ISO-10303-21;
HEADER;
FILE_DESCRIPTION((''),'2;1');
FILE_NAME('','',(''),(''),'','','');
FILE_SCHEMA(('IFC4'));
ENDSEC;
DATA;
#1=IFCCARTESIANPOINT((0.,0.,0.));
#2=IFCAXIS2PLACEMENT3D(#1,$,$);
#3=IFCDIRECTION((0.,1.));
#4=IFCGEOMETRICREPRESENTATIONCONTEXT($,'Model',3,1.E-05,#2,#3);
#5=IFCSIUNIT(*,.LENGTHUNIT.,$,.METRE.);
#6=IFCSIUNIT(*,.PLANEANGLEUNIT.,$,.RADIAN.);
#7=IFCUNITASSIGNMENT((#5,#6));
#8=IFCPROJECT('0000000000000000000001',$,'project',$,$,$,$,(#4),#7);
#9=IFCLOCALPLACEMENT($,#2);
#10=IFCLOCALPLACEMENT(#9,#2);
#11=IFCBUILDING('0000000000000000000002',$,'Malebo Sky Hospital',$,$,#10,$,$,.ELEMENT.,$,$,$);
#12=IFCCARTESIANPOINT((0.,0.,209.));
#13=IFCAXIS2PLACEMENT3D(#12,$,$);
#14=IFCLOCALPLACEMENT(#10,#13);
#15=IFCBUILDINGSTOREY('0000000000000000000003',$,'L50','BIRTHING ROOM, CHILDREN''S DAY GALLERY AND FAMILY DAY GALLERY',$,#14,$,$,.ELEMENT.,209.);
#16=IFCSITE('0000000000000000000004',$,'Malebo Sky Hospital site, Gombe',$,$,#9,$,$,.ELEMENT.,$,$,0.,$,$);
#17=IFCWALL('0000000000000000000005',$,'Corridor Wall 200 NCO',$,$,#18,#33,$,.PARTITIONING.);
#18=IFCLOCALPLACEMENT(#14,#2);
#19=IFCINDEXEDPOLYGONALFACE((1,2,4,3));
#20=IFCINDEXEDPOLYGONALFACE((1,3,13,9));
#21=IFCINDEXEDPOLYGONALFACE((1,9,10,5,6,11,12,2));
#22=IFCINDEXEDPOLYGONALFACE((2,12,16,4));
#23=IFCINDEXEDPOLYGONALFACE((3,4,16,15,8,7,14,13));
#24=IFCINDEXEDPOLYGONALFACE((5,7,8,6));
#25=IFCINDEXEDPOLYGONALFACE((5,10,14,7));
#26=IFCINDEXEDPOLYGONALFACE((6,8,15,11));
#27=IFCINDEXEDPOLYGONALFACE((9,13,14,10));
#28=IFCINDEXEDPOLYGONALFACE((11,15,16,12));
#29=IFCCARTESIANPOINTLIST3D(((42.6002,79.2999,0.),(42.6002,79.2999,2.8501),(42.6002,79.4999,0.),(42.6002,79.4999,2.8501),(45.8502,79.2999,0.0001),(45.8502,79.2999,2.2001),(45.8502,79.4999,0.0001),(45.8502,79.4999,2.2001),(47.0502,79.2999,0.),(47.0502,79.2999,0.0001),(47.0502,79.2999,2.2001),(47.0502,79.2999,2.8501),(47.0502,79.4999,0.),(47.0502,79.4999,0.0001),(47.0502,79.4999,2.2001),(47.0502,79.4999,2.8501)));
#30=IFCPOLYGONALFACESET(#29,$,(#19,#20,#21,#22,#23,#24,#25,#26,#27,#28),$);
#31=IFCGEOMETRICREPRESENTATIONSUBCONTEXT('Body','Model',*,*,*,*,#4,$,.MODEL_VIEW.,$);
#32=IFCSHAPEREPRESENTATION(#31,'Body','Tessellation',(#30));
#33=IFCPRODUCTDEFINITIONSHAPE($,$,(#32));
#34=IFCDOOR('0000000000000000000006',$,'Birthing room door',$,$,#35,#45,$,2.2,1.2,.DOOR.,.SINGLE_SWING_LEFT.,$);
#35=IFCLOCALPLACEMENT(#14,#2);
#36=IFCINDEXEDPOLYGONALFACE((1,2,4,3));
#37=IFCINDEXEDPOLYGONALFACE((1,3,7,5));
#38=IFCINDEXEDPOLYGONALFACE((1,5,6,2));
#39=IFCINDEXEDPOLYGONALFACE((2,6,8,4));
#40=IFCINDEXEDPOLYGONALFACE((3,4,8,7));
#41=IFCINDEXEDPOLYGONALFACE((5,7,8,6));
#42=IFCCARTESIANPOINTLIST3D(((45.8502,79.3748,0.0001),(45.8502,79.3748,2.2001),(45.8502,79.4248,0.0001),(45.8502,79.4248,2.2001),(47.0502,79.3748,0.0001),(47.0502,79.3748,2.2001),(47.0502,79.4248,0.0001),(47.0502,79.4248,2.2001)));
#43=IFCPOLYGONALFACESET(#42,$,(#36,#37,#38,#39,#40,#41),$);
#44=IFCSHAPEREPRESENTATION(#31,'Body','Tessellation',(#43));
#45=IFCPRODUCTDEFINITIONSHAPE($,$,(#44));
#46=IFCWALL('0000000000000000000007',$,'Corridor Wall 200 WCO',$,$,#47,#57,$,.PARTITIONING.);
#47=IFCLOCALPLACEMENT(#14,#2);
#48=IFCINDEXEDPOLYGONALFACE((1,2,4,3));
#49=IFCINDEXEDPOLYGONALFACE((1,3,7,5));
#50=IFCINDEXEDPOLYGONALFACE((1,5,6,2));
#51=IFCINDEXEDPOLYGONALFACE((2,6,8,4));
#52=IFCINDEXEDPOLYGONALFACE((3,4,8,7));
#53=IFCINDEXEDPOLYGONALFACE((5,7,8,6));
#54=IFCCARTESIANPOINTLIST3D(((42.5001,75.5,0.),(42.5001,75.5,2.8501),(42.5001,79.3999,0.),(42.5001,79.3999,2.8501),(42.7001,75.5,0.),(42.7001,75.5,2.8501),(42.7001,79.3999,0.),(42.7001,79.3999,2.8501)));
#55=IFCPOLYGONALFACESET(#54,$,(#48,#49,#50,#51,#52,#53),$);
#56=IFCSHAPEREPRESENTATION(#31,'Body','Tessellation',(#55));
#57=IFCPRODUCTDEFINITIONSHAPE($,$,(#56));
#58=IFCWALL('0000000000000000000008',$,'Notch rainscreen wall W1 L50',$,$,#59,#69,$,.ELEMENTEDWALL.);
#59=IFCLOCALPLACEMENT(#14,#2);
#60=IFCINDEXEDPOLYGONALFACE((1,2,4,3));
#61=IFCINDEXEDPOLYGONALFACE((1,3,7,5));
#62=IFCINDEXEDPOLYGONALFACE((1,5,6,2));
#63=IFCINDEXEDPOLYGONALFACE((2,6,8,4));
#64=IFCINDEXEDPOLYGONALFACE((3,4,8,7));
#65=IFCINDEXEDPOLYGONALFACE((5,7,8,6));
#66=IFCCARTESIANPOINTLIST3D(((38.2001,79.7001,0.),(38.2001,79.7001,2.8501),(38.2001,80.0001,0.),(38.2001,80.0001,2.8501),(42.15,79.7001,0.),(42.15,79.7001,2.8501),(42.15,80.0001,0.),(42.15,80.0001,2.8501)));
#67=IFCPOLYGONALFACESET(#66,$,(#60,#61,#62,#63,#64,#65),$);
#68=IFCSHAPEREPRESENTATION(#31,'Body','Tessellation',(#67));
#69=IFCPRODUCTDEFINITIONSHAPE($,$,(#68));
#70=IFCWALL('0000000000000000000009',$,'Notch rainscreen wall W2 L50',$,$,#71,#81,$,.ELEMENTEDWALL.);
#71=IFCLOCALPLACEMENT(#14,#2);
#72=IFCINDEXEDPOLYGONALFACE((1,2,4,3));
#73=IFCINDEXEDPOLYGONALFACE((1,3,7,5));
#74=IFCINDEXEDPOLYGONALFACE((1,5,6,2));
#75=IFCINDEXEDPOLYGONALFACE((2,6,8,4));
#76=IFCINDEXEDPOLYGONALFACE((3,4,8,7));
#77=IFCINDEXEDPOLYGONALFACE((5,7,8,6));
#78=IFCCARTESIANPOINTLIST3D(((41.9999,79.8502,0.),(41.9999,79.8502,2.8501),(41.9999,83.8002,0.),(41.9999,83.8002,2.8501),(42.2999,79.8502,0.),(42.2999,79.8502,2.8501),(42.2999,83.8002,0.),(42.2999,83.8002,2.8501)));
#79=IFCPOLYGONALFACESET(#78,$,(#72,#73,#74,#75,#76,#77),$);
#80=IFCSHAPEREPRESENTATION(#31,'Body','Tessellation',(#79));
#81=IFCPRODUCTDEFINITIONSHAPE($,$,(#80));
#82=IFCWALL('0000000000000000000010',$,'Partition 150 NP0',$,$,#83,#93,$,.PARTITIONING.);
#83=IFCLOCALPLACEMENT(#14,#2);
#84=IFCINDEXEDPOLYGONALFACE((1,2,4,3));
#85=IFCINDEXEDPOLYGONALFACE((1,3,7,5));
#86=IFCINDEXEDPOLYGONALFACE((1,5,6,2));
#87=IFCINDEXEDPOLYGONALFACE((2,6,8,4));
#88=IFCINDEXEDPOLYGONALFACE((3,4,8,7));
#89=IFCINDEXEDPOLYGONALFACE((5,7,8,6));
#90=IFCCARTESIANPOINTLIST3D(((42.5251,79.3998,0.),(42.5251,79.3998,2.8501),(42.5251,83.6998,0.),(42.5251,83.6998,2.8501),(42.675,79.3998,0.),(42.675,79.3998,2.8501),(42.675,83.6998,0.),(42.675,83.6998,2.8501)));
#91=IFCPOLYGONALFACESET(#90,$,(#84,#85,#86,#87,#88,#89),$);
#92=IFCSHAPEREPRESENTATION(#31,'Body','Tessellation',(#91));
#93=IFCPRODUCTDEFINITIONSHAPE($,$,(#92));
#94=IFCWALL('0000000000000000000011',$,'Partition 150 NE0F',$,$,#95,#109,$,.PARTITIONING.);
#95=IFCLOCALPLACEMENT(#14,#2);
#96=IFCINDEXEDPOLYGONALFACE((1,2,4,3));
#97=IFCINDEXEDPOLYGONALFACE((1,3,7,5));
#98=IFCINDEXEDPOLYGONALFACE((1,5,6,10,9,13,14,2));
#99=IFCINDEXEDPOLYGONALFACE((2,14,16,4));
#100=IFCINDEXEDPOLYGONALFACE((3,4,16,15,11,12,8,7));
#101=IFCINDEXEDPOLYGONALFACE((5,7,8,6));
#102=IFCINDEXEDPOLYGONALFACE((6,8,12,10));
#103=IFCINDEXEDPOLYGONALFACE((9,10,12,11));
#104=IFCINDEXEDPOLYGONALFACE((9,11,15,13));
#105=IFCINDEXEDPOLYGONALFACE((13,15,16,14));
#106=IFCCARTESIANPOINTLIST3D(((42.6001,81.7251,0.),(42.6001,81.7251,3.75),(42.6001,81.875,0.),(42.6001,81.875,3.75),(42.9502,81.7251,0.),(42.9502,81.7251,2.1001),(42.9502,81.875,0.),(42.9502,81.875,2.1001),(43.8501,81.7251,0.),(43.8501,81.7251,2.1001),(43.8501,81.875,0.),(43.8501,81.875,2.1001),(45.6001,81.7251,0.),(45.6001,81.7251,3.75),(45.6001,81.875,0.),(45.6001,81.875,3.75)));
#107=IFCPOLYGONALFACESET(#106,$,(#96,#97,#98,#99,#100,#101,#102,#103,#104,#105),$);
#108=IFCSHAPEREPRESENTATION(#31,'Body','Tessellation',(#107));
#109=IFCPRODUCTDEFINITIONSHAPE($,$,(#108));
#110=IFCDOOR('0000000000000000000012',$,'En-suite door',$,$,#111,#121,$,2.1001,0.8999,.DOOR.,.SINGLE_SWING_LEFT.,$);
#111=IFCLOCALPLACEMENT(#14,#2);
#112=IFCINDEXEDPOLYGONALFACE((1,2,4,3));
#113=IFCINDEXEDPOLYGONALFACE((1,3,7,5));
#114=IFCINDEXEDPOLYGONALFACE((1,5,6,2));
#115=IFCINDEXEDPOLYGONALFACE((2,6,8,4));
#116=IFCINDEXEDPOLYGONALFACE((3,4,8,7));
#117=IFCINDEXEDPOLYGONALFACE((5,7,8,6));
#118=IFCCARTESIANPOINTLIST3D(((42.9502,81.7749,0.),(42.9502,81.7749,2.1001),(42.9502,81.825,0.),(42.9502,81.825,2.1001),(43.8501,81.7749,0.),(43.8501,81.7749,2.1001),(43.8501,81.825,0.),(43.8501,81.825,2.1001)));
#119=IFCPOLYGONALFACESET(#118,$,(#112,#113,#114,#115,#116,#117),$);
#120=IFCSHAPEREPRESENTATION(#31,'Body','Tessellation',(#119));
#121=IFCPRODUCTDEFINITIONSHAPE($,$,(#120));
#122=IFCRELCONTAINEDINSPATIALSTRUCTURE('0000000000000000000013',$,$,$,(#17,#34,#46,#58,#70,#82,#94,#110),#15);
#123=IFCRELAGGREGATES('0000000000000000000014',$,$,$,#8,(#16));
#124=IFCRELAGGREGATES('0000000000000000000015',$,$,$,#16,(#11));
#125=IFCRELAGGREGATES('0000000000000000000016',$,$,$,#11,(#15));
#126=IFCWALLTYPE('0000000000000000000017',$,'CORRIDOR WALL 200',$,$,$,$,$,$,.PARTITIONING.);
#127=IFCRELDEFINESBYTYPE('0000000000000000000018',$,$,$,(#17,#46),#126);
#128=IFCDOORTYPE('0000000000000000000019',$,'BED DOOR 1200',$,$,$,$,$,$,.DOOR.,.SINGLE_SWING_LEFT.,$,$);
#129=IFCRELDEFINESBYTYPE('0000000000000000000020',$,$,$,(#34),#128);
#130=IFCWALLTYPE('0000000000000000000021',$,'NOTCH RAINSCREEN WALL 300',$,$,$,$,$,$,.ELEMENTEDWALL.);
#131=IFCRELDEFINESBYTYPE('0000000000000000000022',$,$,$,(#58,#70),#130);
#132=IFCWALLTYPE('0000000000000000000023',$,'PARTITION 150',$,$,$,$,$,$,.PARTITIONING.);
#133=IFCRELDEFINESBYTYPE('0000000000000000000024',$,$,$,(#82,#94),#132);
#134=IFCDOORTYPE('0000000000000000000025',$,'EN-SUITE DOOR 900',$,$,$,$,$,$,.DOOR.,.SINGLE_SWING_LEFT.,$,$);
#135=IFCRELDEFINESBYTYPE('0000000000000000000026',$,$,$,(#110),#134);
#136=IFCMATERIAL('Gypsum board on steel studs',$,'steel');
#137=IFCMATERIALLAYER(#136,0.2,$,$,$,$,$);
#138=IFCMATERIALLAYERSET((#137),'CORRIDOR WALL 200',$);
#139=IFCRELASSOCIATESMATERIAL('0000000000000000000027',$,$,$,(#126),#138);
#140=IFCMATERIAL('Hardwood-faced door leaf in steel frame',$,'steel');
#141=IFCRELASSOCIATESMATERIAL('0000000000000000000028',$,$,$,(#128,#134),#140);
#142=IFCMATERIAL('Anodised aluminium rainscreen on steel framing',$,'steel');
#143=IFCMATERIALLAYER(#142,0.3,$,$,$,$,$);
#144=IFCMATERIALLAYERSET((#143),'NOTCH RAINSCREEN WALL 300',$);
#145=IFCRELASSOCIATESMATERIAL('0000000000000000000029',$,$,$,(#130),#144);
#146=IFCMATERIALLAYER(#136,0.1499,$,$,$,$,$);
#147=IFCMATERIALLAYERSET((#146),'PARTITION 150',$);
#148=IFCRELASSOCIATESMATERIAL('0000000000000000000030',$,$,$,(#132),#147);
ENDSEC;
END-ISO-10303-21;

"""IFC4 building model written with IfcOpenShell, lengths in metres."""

from ifc_helpers import new_model, si_unit, direction, frame, frame_2d, origin, place, context, subcontext, project, spatial, rectangle, extrude, material, layer, layer_set, type_object, element, fill, save


model = new_model("IFC4")

# Units and contexts
model_context = context("Model", 3, precision=1e-05, world=origin(), true_north=direction((0.0, 1.0)))
body_context = subcontext(model_context, "Body", "Model", "MODEL_VIEW")
ifc_project = project(units=[si_unit("LENGTHUNIT", "METRE"), si_unit("PLANEANGLEUNIT", "RADIAN")], contexts=[model_context])

# Site, building, storey
site_placement = place(None, origin())
site = spatial("IfcSite", under=ifc_project, at=site_placement, Name="Malebo Sky Hospital site, Gombe", CompositionType="ELEMENT", RefElevation=0.0)
building_placement = place(site_placement, origin())
building = spatial("IfcBuilding", under=site, at=building_placement, Name="Malebo Sky Hospital", CompositionType="ELEMENT")
storey_placement = place(building_placement, frame((0.0, 0.0, 209.0)))
storey = spatial("IfcBuildingStorey", under=building, at=storey_placement, Name="L50", Description="BIRTHING ROOM, CHILDREN'S DAY GALLERY AND FAMILY DAY GALLERY", CompositionType="ELEMENT", Elevation=209.0)

# Wall, opening, door
ifc_material_1 = material(Name="Gypsum board on steel studs", Category="steel")
ifc_layer_1 = layer(ifc_material_1, 0.2)
ifc_layer_set_1 = layer_set([ifc_layer_1], Name="CORRIDOR WALL 200")
wall_type_1 = type_object("IfcWallType", Name="CORRIDOR WALL 200", PredefinedType="PARTITIONING", material=ifc_layer_set_1)
wall_1_placement = place(storey_placement, frame((42.6001, 79.3999, 0.0), z_axis=(0.0, 0.0, 1.0), x_axis=(1.0, 0.0, 0.0)))
wall_1 = element("IfcWall", 1, at=wall_1_placement, inside=storey, type_object=wall_type_1, Name="Corridor Wall 200 NCO", PredefinedType="PARTITIONING", context=body_context, shape_type="SweptSolid", body=[
    extrude(rectangle(XDim=4.45, YDim=0.2, at=frame_2d((2.2251, 0.0))), origin(), (0.0, 0.0, 1.0), 2.8501),
])
opening_1_placement = place(wall_1_placement, frame((3.25, 0.0, 0.0)))
opening_1 = element("IfcOpeningElement", 2, at=opening_1_placement, cuts=wall_1, PredefinedType="OPENING", context=body_context, shape_type="SweptSolid", body=[
    extrude(rectangle(XDim=1.2, YDim=2.2, at=frame_2d((0.6001, 1.1001))), frame((0.0, 0.1099, 0.0), z_axis=(0.0, -1.0, 0.0), x_axis=(1.0, 0.0, 0.0)), (0.0, 0.0, 1.0), 0.22),
])
ifc_material_2 = material(Name="Hardwood-faced door leaf in steel frame", Category="steel")
door_type_1 = type_object("IfcDoorType", Name="BED DOOR 1200", OperationType="SINGLE_SWING_LEFT", PredefinedType="DOOR", material=ifc_material_2)
door_1_placement = place(opening_1_placement, origin())
door_1 = element("IfcDoor", 3, at=door_1_placement, inside=storey, type_object=door_type_1, Name="Birthing room door", OperationType="SINGLE_SWING_LEFT", OverallHeight=2.2, OverallWidth=1.2, PredefinedType="DOOR", context=body_context, shape_type="SweptSolid", body=[
    extrude(rectangle(XDim=1.2, YDim=2.2, at=frame_2d((0.6001, 1.1001))), frame((0.0, 0.0249, 0.0), z_axis=(0.0, -1.0, 0.0), x_axis=(1.0, 0.0, 0.0)), (0.0, 0.0, 1.0), 0.05),
])
fill(opening_1, door_1)

# Walls
wall_2_placement = place(storey_placement, frame((42.6001, 75.5, 0.0), z_axis=(0.0, 0.0, 1.0), x_axis=(0.0, 1.0, 0.0)))
element("IfcWall", 4, at=wall_2_placement, inside=storey, type_object=wall_type_1, Name="Corridor Wall 200 WCO", PredefinedType="PARTITIONING", context=body_context, shape_type="SweptSolid", body=[
    extrude(rectangle(XDim=3.8999, YDim=0.2, at=frame_2d((1.95, 0.0))), origin(), (0.0, 0.0, 1.0), 2.8501),
])
ifc_material_3 = material(Name="Anodised aluminium rainscreen on steel framing", Category="steel")
ifc_layer_2 = layer(ifc_material_3, 0.3)
ifc_layer_set_2 = layer_set([ifc_layer_2], Name="NOTCH RAINSCREEN WALL 300")
wall_type_2 = type_object("IfcWallType", Name="NOTCH RAINSCREEN WALL 300", PredefinedType="ELEMENTEDWALL", material=ifc_layer_set_2)
for number, where, z_axis, x_axis, name in (
    (5, (38.2, 79.8501, 0.0), (0.0, 0.0, 1.0), (1.0, 0.0, 0.0), "Notch rainscreen wall W1 L50"),
    (6, (42.1499, 79.8501, 0.0), (0.0, 0.0, 1.0), (0.0, 1.0, 0.0), "Notch rainscreen wall W2 L50"),
):
    element("IfcWall", number, at=place(storey_placement, frame(where, z_axis=z_axis, x_axis=x_axis)), inside=storey, type_object=wall_type_2, Name=name, PredefinedType="ELEMENTEDWALL", context=body_context, shape_type="SweptSolid", body=[
        extrude(rectangle(XDim=3.95, YDim=0.3, at=frame_2d((1.9751, 0.0))), origin(), (0.0, 0.0, 1.0), 2.8501),
    ])
ifc_layer_3 = layer(ifc_material_1, 0.1499)
ifc_layer_set_3 = layer_set([ifc_layer_3], Name="PARTITION 150")
wall_type_3 = type_object("IfcWallType", Name="PARTITION 150", PredefinedType="PARTITIONING", material=ifc_layer_set_3)
wall_3_placement = place(storey_placement, frame((42.6001, 79.3999, 0.0), z_axis=(0.0, 0.0, 1.0), x_axis=(0.0, 1.0, 0.0)))
element("IfcWall", 7, at=wall_3_placement, inside=storey, type_object=wall_type_3, Name="Partition 150 NP0", PredefinedType="PARTITIONING", context=body_context, shape_type="SweptSolid", body=[
    extrude(rectangle(XDim=4.3, YDim=0.1499, at=frame_2d((2.1499, 0.0))), origin(), (0.0, 0.0, 1.0), 2.8501),
])

# Wall, opening, door
wall_4_placement = place(storey_placement, frame((42.6001, 81.8, 0.0), z_axis=(0.0, 0.0, 1.0), x_axis=(1.0, 0.0, 0.0)))
wall_4 = element("IfcWall", 8, at=wall_4_placement, inside=storey, type_object=wall_type_3, Name="Partition 150 NE0F", PredefinedType="PARTITIONING", context=body_context, shape_type="SweptSolid", body=[
    extrude(rectangle(XDim=3.0, YDim=0.1499, at=frame_2d((1.5, 0.0))), origin(), (0.0, 0.0, 1.0), 3.75),
])
opening_2_placement = place(wall_4_placement, frame((0.3501, 0.0, 0.0)))
opening_2 = element("IfcOpeningElement", 9, at=opening_2_placement, cuts=wall_4, PredefinedType="OPENING", context=body_context, shape_type="SweptSolid", body=[
    extrude(rectangle(XDim=0.8999, YDim=2.1001, at=frame_2d((0.45, 1.05))), frame((0.0, 0.085, 0.0), z_axis=(0.0, -1.0, 0.0), x_axis=(1.0, 0.0, 0.0)), (0.0, 0.0, 1.0), 0.1699),
])
door_type_2 = type_object("IfcDoorType", Name="EN-SUITE DOOR 900", OperationType="SINGLE_SWING_LEFT", PredefinedType="DOOR", material=ifc_material_2)
door_2_placement = place(opening_2_placement, origin())
door_2 = element("IfcDoor", 10, at=door_2_placement, inside=storey, type_object=door_type_2, Name="En-suite door", OperationType="SINGLE_SWING_LEFT", OverallHeight=2.1001, OverallWidth=0.8999, PredefinedType="DOOR", context=body_context, shape_type="SweptSolid", body=[
    extrude(rectangle(XDim=0.8999, YDim=2.1001, at=frame_2d((0.45, 1.05))), frame((0.0, 0.0249, 0.0), z_axis=(0.0, -1.0, 0.0), x_axis=(1.0, 0.0, 0.0)), (0.0, 0.0, 1.0), 0.05),
])
fill(opening_2, door_2)

save(model, "model.ifc")
